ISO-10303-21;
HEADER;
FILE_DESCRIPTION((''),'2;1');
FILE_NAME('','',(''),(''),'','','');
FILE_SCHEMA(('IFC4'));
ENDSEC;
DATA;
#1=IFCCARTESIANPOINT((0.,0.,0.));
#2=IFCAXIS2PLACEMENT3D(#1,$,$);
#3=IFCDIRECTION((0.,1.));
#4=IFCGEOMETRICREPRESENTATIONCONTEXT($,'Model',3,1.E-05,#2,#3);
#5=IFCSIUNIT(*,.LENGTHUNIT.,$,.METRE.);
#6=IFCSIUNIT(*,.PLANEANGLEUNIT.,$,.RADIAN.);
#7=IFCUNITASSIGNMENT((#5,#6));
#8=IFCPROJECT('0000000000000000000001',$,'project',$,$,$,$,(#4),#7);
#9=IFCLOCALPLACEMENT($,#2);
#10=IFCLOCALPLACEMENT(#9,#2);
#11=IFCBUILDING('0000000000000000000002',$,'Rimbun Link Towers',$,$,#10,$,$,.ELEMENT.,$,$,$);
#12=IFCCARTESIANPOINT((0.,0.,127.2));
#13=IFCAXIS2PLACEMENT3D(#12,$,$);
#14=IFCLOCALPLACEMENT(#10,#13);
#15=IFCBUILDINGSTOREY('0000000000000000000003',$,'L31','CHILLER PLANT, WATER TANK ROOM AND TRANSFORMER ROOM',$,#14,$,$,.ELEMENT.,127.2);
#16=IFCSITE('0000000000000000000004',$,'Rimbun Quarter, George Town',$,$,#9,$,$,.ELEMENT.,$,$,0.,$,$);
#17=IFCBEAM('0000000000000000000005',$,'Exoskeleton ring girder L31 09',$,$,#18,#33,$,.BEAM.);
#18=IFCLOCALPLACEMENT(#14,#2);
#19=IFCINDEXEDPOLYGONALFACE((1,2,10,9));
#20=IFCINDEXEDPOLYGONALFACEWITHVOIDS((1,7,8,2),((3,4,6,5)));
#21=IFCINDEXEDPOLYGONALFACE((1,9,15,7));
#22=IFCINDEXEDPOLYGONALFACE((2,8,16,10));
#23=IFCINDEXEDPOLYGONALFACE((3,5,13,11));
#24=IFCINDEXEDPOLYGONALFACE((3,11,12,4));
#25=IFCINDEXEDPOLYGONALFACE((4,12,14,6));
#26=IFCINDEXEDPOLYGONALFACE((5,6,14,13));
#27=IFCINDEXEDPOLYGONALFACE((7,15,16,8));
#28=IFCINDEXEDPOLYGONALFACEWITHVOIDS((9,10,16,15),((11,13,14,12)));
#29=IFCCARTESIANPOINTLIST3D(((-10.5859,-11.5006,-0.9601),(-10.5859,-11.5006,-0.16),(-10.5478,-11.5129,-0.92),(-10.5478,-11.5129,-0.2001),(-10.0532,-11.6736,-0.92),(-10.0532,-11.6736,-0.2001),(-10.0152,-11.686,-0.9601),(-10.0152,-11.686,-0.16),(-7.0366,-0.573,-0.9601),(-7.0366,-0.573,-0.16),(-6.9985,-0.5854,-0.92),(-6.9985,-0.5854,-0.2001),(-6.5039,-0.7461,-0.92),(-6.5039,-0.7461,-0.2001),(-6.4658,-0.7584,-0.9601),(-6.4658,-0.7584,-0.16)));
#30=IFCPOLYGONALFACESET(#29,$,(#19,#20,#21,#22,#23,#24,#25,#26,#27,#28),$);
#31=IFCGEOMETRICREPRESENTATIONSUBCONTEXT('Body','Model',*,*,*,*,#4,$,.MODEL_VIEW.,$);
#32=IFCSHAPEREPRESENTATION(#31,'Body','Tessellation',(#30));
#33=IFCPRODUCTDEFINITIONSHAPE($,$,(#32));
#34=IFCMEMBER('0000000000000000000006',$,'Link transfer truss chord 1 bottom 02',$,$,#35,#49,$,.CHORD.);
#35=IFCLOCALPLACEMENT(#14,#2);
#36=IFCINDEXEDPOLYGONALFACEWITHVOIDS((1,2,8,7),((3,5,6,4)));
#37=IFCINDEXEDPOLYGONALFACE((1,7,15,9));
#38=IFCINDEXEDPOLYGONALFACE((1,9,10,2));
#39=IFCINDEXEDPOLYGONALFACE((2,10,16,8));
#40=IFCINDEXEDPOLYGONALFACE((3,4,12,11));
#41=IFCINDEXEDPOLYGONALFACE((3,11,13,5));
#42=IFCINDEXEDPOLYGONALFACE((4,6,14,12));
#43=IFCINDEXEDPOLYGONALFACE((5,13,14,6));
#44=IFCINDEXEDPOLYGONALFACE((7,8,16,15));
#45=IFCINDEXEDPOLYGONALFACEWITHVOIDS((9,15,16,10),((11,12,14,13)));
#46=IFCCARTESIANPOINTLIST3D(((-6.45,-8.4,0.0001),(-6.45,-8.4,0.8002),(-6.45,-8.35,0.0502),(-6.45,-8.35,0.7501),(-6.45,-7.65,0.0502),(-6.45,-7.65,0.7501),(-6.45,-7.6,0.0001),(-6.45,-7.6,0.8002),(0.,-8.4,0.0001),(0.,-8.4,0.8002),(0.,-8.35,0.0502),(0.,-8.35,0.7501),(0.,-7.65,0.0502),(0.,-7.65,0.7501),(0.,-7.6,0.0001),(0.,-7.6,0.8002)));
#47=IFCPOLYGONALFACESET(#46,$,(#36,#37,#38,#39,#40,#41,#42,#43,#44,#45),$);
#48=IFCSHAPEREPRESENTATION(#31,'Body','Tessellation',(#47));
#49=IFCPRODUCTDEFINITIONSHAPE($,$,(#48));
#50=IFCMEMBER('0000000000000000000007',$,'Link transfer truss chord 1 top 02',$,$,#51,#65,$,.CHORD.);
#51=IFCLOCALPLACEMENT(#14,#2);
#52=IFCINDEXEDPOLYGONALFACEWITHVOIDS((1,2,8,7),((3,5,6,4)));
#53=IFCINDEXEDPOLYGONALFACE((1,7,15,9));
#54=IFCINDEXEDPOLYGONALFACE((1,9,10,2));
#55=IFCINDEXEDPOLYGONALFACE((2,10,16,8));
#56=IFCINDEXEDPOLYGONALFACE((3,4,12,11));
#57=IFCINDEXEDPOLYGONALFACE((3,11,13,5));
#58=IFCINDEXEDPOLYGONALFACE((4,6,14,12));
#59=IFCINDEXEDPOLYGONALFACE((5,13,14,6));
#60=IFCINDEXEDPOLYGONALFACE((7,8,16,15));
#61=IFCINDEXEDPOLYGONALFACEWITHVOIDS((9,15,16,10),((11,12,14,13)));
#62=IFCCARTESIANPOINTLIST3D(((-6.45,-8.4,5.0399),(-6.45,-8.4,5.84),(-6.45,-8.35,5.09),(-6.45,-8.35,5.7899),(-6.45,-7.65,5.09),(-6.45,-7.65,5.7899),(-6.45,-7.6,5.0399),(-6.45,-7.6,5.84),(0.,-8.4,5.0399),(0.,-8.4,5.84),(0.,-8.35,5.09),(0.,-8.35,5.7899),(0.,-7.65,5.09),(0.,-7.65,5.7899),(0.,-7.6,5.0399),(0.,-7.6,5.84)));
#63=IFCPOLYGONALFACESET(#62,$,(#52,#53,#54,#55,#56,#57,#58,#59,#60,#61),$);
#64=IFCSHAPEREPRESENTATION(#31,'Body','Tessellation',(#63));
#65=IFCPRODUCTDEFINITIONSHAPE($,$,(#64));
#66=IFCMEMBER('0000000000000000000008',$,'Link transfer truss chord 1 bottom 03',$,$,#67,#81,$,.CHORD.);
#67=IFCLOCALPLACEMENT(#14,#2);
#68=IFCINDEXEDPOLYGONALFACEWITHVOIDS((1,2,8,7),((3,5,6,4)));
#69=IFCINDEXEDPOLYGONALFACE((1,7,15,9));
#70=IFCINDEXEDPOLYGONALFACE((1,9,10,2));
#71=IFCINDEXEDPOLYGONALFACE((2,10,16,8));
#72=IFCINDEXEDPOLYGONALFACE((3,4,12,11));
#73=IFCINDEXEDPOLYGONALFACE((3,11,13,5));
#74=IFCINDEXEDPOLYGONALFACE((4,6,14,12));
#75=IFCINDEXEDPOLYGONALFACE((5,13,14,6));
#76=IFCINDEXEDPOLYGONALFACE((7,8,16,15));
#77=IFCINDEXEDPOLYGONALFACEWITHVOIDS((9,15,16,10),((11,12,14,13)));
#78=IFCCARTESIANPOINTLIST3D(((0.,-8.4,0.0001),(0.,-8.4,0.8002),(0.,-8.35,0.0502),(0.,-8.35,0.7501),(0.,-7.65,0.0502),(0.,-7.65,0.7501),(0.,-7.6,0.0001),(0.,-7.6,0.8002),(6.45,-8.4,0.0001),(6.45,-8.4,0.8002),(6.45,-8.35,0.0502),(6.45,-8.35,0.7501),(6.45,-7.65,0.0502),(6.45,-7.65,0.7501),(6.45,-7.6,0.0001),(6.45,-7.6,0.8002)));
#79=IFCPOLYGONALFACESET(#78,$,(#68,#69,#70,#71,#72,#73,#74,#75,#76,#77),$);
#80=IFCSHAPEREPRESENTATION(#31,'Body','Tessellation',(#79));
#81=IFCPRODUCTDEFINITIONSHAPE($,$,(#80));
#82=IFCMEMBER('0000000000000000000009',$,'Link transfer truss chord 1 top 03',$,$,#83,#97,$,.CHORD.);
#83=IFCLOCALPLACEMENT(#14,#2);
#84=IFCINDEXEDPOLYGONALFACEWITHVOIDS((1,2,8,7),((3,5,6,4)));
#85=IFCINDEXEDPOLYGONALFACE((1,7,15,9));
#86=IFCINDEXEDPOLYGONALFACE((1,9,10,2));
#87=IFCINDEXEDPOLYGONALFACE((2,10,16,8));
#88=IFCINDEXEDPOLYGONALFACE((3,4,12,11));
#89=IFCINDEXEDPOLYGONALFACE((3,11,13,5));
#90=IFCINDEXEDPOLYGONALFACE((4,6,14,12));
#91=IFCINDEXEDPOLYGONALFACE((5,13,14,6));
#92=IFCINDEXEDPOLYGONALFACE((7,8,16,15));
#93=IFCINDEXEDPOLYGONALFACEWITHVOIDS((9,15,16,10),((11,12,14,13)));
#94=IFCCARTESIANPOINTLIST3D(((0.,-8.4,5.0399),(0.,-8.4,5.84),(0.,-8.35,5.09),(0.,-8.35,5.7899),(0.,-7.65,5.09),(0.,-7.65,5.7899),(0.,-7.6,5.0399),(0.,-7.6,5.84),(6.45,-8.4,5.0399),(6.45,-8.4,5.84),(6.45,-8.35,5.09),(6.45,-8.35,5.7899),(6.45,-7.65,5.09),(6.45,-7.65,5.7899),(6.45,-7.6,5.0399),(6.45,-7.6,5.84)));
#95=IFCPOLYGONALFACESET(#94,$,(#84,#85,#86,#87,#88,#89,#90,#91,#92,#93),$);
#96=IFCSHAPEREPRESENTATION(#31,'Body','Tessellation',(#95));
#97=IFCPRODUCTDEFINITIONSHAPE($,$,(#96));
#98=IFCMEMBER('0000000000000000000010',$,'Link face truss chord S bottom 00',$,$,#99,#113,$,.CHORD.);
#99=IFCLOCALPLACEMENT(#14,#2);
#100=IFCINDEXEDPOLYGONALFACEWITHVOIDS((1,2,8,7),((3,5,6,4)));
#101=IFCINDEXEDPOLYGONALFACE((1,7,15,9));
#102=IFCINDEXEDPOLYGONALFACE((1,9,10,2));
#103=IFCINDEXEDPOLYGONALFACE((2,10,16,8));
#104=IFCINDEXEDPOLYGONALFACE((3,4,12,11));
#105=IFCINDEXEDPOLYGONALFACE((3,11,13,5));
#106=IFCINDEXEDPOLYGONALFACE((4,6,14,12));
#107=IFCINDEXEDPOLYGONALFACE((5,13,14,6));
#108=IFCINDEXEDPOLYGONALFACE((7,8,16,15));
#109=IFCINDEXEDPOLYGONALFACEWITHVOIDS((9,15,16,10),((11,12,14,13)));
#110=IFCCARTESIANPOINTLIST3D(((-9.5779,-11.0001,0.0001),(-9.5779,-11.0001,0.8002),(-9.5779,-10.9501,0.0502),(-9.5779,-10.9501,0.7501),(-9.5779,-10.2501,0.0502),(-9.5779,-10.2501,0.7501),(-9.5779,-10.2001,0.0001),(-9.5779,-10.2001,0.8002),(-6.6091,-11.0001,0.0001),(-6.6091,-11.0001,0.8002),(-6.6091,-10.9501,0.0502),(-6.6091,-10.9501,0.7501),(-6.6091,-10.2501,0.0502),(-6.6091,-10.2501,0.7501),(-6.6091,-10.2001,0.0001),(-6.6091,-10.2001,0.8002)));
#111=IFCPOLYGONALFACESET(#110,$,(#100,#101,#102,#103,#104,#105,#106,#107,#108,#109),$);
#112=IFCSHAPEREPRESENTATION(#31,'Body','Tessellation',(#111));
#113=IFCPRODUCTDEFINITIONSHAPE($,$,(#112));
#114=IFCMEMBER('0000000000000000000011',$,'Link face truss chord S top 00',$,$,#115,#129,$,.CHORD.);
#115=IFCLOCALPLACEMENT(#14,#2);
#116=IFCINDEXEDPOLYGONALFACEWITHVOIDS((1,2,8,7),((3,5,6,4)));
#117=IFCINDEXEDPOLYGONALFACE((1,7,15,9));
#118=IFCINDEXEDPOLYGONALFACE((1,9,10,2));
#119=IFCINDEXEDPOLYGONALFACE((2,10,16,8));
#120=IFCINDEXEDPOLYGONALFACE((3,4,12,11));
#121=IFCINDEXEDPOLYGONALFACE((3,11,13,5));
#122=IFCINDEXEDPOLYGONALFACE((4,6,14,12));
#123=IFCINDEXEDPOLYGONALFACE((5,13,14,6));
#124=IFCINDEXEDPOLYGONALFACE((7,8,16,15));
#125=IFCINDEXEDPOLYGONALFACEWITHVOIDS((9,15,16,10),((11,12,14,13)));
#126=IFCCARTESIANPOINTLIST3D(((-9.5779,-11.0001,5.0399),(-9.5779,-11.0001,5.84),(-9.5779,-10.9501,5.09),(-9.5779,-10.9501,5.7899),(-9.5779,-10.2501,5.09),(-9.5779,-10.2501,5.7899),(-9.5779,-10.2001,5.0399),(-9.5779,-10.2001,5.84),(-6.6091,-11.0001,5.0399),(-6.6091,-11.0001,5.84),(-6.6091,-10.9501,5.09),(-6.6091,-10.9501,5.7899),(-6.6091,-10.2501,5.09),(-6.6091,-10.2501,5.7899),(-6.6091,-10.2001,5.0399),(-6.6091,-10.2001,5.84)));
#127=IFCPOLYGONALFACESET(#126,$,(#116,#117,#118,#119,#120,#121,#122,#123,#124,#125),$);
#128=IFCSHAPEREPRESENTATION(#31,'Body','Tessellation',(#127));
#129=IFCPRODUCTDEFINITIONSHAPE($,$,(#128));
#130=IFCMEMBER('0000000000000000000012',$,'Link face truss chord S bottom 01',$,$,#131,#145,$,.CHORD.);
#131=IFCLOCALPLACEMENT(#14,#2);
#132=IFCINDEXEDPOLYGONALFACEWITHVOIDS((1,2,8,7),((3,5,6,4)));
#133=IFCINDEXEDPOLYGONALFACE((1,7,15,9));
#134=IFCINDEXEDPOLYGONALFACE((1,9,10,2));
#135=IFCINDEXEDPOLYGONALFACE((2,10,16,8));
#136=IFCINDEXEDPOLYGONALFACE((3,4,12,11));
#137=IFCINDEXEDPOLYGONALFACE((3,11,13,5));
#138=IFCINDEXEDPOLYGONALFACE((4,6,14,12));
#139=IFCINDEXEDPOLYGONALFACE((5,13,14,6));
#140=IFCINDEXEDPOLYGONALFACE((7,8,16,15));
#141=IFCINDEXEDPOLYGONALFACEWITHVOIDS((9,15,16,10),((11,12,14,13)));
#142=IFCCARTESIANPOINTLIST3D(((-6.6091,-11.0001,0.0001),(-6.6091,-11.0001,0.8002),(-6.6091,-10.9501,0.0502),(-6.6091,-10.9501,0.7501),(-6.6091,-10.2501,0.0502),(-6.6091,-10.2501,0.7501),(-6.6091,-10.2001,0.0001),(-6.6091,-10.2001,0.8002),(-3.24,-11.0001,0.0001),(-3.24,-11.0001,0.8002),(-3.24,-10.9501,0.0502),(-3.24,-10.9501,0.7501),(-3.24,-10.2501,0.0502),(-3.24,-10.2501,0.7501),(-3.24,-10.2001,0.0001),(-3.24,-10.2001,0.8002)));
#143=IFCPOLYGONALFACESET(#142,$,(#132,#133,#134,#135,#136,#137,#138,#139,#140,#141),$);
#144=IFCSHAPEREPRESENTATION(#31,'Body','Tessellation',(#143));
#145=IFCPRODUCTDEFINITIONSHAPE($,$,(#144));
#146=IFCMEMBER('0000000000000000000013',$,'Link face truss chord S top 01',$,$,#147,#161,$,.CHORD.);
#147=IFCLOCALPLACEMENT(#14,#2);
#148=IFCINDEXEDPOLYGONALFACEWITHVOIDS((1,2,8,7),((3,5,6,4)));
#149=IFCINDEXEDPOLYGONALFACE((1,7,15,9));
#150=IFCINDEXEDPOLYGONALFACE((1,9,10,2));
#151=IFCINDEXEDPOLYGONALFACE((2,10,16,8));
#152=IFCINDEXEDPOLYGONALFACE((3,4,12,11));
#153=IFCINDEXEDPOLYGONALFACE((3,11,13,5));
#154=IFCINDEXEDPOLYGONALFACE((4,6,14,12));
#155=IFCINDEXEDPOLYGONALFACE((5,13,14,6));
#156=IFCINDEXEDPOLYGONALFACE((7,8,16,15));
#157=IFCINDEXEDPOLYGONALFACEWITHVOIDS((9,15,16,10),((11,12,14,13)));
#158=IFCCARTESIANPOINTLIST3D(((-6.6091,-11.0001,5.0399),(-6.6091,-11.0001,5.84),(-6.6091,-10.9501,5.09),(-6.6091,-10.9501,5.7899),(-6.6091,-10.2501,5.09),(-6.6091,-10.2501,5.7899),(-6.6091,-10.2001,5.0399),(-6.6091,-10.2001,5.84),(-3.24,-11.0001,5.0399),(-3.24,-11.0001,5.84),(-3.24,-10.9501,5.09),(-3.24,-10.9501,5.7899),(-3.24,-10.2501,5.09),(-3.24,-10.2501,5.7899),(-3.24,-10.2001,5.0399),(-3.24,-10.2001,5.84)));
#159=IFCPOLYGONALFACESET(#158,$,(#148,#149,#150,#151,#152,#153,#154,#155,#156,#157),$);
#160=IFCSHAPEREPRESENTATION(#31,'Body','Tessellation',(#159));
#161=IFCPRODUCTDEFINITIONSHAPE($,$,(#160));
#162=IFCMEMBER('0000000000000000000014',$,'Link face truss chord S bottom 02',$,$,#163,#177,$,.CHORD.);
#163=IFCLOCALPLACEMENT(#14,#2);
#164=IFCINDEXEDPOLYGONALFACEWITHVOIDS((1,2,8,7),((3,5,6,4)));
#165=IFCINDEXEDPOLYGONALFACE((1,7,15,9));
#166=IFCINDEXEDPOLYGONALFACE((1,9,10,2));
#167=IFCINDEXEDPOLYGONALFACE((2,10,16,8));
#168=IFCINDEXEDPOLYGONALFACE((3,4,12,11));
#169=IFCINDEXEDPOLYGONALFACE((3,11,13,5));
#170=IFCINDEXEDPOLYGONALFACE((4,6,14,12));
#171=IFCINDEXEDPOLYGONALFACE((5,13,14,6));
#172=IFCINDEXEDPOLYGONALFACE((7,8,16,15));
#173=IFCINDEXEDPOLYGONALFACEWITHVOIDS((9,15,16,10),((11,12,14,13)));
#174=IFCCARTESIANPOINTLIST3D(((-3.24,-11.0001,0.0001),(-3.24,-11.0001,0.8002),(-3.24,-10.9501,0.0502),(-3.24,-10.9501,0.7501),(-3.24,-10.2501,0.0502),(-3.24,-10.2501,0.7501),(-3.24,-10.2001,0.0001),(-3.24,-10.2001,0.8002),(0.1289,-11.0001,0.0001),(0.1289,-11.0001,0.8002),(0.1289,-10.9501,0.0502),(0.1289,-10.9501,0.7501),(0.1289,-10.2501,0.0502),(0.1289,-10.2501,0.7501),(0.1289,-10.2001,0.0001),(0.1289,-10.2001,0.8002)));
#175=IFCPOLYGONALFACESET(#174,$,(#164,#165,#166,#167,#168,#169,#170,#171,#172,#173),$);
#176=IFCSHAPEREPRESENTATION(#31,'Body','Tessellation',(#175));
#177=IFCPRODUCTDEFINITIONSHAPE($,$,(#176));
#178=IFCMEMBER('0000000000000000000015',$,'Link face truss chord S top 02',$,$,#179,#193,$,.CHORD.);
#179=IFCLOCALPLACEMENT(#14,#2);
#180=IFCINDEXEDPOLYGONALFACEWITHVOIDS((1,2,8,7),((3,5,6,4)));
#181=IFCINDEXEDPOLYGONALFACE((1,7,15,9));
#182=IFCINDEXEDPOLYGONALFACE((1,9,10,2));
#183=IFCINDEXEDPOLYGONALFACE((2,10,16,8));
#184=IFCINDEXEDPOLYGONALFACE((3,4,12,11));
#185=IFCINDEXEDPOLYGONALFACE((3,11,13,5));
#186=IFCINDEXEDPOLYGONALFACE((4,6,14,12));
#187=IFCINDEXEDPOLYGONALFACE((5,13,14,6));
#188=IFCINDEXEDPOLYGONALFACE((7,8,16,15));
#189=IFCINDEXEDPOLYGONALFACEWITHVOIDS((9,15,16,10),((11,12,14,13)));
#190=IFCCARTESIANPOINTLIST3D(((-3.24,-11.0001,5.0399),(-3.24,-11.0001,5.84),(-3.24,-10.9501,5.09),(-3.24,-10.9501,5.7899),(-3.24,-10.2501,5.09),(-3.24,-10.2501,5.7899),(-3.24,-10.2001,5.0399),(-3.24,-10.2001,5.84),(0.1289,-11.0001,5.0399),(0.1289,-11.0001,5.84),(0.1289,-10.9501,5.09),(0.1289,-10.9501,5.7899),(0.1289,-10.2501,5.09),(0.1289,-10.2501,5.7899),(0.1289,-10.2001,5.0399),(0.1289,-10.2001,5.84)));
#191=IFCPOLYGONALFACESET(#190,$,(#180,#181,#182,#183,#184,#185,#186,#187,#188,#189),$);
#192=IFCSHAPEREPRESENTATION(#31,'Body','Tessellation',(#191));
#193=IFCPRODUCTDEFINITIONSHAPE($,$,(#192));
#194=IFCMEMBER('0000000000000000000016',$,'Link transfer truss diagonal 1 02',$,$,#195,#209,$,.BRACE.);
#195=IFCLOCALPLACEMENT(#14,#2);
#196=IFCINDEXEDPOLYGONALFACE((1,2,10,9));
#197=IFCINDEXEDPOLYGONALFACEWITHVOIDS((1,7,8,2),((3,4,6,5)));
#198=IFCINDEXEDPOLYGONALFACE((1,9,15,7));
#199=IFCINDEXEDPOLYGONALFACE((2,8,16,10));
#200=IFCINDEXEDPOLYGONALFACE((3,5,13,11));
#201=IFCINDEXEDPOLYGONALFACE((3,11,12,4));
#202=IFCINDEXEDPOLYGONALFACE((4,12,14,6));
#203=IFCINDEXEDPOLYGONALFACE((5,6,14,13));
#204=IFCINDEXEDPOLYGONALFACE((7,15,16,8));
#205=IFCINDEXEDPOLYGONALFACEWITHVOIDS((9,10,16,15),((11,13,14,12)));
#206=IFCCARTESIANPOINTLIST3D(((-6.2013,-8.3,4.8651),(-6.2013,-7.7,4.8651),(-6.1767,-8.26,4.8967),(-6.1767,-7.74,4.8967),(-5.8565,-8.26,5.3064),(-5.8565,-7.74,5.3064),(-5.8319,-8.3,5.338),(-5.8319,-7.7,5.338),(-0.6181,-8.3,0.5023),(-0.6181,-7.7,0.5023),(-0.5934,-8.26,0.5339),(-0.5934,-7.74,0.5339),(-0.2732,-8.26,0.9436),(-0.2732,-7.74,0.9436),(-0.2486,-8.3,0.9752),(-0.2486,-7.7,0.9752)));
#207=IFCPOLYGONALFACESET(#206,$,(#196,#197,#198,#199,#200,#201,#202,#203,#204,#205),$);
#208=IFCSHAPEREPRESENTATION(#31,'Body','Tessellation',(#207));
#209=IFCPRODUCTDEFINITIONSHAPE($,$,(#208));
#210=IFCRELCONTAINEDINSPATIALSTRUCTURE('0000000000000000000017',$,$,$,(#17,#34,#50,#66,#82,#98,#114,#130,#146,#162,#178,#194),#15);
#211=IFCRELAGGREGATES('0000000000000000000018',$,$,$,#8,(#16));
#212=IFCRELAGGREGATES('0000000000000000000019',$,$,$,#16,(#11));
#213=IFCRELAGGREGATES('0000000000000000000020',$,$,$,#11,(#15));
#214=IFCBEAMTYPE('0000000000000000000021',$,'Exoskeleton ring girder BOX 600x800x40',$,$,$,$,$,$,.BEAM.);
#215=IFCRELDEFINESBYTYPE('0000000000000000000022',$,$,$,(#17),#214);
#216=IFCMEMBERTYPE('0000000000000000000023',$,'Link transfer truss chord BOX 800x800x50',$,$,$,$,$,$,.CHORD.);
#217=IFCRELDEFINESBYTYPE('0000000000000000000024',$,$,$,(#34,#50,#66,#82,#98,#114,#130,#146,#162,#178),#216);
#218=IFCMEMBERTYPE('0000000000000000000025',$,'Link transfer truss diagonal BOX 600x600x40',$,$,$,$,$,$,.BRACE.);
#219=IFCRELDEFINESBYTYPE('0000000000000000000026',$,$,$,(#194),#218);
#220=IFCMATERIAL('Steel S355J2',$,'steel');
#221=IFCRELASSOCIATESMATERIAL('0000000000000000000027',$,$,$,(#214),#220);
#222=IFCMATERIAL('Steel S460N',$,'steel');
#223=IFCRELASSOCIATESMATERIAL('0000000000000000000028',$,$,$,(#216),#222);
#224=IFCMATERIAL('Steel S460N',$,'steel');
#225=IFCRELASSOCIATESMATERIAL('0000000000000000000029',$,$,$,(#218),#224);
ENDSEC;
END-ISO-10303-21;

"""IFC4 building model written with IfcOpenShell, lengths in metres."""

from ifc_helpers import new_model, si_unit, direction, frame, origin, origin_2d, place, context, subcontext, project, spatial, hollow_rectangle, extrude, material, material_profile, profile_set, type_object, element, save


model = new_model("IFC4")

# Units and contexts
model_context = context("Model", 3, precision=1e-05, world=origin(), true_north=direction((0.0, 1.0)))
body_context = subcontext(model_context, "Body", "Model", "MODEL_VIEW")
ifc_project = project(units=[si_unit("LENGTHUNIT", "METRE"), si_unit("PLANEANGLEUNIT", "RADIAN")], contexts=[model_context])

# Site, building, storey
site_placement = place(None, origin())
site = spatial("IfcSite", under=ifc_project, at=site_placement, Name="Rimbun Quarter, George Town", CompositionType="ELEMENT", RefElevation=0.0)
building_placement = place(site_placement, origin())
building = spatial("IfcBuilding", under=site, at=building_placement, Name="Rimbun Link Towers", CompositionType="ELEMENT")
storey_placement = place(building_placement, frame((0.0, 0.0, 127.2)))
storey = spatial("IfcBuildingStorey", under=building, at=storey_placement, Name="L31", Description="CHILLER PLANT, WATER TANK ROOM AND TRANSFORMER ROOM", CompositionType="ELEMENT", Elevation=127.2)

# Beam
ifc_material_1 = material(Name="Steel S355J2", Category="steel")
ifc_material_profile_1 = material_profile(ifc_material_1, hollow_rectangle(XDim=0.6001, YDim=0.8, WallThickness=0.04, at=origin_2d()), Name="Exoskeleton ring girder BOX 600x800x40")
ifc_profile_set_1 = profile_set([ifc_material_profile_1], Name="Steel S355J2")
beam_type = type_object("IfcBeamType", Name="Exoskeleton ring girder BOX 600x800x40", PredefinedType="BEAM", material=ifc_profile_set_1)
beam_placement = place(storey_placement, frame((-10.3005, -11.5933, -0.5601), z_axis=(0.308919, 0.951088, 0.0), x_axis=(-0.951088, 0.308919, 0.0)))
element("IfcBeam", 1, at=beam_placement, inside=storey, type_object=beam_type, Name="Exoskeleton ring girder L31 09", PredefinedType="BEAM", context=body_context, shape_type="SweptSolid", body=[
    extrude(hollow_rectangle(XDim=0.6001, YDim=0.8, WallThickness=0.04, at=origin_2d()), origin(), (0.0, 0.0, 1.0), 11.4895),
])

# Members
ifc_material_2 = material(Name="Steel S460N", Category="steel")
ifc_material_profile_2 = material_profile(ifc_material_2, hollow_rectangle(XDim=0.8, YDim=0.8, WallThickness=0.05, at=origin_2d()), Name="Link transfer truss chord BOX 800x800x50")
ifc_profile_set_2 = profile_set([ifc_material_profile_2], Name="Steel S460N")
member_type_1 = type_object("IfcMemberType", Name="Link transfer truss chord BOX 800x800x50", PredefinedType="CHORD", material=ifc_profile_set_2)
for number, where, z_axis, x_axis, name in (
    (2, (-6.45, -8.0, 0.4001), (1.0, 0.0, 0.0), (0.0, 1.0, 0.0), "Link transfer truss chord 1 bottom 02"),
    (3, (-6.45, -8.0, 5.4399), (1.0, 0.0, 0.0), (0.0, 1.0, 0.0), "Link transfer truss chord 1 top 02"),
    (4, (0.0, -8.0, 0.4001), (1.0, 0.0, 0.0), (0.0, 1.0, 0.0), "Link transfer truss chord 1 bottom 03"),
    (5, (0.0, -8.0, 5.4399), (1.0, 0.0, 0.0), (0.0, 1.0, 0.0), "Link transfer truss chord 1 top 03"),
):
    element("IfcMember", number, at=place(storey_placement, frame(where, z_axis=z_axis, x_axis=x_axis)), inside=storey, type_object=member_type_1, Name=name, PredefinedType="CHORD", context=body_context, shape_type="SweptSolid", body=[
        extrude(hollow_rectangle(XDim=0.8, YDim=0.8, WallThickness=0.05, at=origin_2d()), origin(), (0.0, 0.0, 1.0), 6.45),
    ])
for number, where, z_axis, x_axis, name in (
    (6, (-9.5779, -10.6001, 0.4001), (1.0, 0.0, 0.0), (0.0, 1.0, 0.0), "Link face truss chord S bottom 00"),
    (7, (-9.5779, -10.6001, 5.4399), (1.0, 0.0, 0.0), (0.0, 1.0, 0.0), "Link face truss chord S top 00"),
):
    element("IfcMember", number, at=place(storey_placement, frame(where, z_axis=z_axis, x_axis=x_axis)), inside=storey, type_object=member_type_1, Name=name, PredefinedType="CHORD", context=body_context, shape_type="SweptSolid", body=[
        extrude(hollow_rectangle(XDim=0.8, YDim=0.8, WallThickness=0.05, at=origin_2d()), origin(), (0.0, 0.0, 1.0), 2.9688),
    ])
for number, where, z_axis, x_axis, name in (
    (8, (-6.6091, -10.6001, 0.4001), (1.0, 0.0, 0.0), (0.0, 1.0, 0.0), "Link face truss chord S bottom 01"),
    (9, (-6.6091, -10.6001, 5.4399), (1.0, 0.0, 0.0), (0.0, 1.0, 0.0), "Link face truss chord S top 01"),
):
    element("IfcMember", number, at=place(storey_placement, frame(where, z_axis=z_axis, x_axis=x_axis)), inside=storey, type_object=member_type_1, Name=name, PredefinedType="CHORD", context=body_context, shape_type="SweptSolid", body=[
        extrude(hollow_rectangle(XDim=0.8, YDim=0.8, WallThickness=0.05, at=origin_2d()), origin(), (0.0, 0.0, 1.0), 3.3691),
    ])
for number, where, z_axis, x_axis, name in (
    (10, (-3.24, -10.6001, 0.4001), (1.0, 0.0, 0.0), (0.0, 1.0, 0.0), "Link face truss chord S bottom 02"),
    (11, (-3.24, -10.6001, 5.4399), (1.0, 0.0, 0.0), (0.0, 1.0, 0.0), "Link face truss chord S top 02"),
):
    element("IfcMember", number, at=place(storey_placement, frame(where, z_axis=z_axis, x_axis=x_axis)), inside=storey, type_object=member_type_1, Name=name, PredefinedType="CHORD", context=body_context, shape_type="SweptSolid", body=[
        extrude(hollow_rectangle(XDim=0.8, YDim=0.8, WallThickness=0.05, at=origin_2d()), origin(), (0.0, 0.0, 1.0), 3.3689),
    ])
ifc_material_3 = material(Name="Steel S460N", Category="steel")
ifc_material_profile_3 = material_profile(ifc_material_3, hollow_rectangle(XDim=0.6001, YDim=0.6001, WallThickness=0.04, at=origin_2d()), Name="Link transfer truss diagonal BOX 600x600x40")
ifc_profile_set_3 = profile_set([ifc_material_profile_3], Name="Steel S460N")
member_type_2 = type_object("IfcMemberType", Name="Link transfer truss diagonal BOX 600x600x40", PredefinedType="BRACE", material=ifc_profile_set_3)
member_1_placement = place(storey_placement, frame((-6.0166, -8.0, 5.1016), z_axis=(0.787964, 0.0, -0.615721), x_axis=(0.0, 1.0, 0.0)))
element("IfcMember", 12, at=member_1_placement, inside=storey, type_object=member_type_2, Name="Link transfer truss diagonal 1 02", PredefinedType="BRACE", context=body_context, shape_type="SweptSolid", body=[
    extrude(hollow_rectangle(XDim=0.6001, YDim=0.6001, WallThickness=0.04, at=origin_2d()), origin(), (0.0, 0.0, 1.0), 7.0857),
])

save(model, "model.ifc")
